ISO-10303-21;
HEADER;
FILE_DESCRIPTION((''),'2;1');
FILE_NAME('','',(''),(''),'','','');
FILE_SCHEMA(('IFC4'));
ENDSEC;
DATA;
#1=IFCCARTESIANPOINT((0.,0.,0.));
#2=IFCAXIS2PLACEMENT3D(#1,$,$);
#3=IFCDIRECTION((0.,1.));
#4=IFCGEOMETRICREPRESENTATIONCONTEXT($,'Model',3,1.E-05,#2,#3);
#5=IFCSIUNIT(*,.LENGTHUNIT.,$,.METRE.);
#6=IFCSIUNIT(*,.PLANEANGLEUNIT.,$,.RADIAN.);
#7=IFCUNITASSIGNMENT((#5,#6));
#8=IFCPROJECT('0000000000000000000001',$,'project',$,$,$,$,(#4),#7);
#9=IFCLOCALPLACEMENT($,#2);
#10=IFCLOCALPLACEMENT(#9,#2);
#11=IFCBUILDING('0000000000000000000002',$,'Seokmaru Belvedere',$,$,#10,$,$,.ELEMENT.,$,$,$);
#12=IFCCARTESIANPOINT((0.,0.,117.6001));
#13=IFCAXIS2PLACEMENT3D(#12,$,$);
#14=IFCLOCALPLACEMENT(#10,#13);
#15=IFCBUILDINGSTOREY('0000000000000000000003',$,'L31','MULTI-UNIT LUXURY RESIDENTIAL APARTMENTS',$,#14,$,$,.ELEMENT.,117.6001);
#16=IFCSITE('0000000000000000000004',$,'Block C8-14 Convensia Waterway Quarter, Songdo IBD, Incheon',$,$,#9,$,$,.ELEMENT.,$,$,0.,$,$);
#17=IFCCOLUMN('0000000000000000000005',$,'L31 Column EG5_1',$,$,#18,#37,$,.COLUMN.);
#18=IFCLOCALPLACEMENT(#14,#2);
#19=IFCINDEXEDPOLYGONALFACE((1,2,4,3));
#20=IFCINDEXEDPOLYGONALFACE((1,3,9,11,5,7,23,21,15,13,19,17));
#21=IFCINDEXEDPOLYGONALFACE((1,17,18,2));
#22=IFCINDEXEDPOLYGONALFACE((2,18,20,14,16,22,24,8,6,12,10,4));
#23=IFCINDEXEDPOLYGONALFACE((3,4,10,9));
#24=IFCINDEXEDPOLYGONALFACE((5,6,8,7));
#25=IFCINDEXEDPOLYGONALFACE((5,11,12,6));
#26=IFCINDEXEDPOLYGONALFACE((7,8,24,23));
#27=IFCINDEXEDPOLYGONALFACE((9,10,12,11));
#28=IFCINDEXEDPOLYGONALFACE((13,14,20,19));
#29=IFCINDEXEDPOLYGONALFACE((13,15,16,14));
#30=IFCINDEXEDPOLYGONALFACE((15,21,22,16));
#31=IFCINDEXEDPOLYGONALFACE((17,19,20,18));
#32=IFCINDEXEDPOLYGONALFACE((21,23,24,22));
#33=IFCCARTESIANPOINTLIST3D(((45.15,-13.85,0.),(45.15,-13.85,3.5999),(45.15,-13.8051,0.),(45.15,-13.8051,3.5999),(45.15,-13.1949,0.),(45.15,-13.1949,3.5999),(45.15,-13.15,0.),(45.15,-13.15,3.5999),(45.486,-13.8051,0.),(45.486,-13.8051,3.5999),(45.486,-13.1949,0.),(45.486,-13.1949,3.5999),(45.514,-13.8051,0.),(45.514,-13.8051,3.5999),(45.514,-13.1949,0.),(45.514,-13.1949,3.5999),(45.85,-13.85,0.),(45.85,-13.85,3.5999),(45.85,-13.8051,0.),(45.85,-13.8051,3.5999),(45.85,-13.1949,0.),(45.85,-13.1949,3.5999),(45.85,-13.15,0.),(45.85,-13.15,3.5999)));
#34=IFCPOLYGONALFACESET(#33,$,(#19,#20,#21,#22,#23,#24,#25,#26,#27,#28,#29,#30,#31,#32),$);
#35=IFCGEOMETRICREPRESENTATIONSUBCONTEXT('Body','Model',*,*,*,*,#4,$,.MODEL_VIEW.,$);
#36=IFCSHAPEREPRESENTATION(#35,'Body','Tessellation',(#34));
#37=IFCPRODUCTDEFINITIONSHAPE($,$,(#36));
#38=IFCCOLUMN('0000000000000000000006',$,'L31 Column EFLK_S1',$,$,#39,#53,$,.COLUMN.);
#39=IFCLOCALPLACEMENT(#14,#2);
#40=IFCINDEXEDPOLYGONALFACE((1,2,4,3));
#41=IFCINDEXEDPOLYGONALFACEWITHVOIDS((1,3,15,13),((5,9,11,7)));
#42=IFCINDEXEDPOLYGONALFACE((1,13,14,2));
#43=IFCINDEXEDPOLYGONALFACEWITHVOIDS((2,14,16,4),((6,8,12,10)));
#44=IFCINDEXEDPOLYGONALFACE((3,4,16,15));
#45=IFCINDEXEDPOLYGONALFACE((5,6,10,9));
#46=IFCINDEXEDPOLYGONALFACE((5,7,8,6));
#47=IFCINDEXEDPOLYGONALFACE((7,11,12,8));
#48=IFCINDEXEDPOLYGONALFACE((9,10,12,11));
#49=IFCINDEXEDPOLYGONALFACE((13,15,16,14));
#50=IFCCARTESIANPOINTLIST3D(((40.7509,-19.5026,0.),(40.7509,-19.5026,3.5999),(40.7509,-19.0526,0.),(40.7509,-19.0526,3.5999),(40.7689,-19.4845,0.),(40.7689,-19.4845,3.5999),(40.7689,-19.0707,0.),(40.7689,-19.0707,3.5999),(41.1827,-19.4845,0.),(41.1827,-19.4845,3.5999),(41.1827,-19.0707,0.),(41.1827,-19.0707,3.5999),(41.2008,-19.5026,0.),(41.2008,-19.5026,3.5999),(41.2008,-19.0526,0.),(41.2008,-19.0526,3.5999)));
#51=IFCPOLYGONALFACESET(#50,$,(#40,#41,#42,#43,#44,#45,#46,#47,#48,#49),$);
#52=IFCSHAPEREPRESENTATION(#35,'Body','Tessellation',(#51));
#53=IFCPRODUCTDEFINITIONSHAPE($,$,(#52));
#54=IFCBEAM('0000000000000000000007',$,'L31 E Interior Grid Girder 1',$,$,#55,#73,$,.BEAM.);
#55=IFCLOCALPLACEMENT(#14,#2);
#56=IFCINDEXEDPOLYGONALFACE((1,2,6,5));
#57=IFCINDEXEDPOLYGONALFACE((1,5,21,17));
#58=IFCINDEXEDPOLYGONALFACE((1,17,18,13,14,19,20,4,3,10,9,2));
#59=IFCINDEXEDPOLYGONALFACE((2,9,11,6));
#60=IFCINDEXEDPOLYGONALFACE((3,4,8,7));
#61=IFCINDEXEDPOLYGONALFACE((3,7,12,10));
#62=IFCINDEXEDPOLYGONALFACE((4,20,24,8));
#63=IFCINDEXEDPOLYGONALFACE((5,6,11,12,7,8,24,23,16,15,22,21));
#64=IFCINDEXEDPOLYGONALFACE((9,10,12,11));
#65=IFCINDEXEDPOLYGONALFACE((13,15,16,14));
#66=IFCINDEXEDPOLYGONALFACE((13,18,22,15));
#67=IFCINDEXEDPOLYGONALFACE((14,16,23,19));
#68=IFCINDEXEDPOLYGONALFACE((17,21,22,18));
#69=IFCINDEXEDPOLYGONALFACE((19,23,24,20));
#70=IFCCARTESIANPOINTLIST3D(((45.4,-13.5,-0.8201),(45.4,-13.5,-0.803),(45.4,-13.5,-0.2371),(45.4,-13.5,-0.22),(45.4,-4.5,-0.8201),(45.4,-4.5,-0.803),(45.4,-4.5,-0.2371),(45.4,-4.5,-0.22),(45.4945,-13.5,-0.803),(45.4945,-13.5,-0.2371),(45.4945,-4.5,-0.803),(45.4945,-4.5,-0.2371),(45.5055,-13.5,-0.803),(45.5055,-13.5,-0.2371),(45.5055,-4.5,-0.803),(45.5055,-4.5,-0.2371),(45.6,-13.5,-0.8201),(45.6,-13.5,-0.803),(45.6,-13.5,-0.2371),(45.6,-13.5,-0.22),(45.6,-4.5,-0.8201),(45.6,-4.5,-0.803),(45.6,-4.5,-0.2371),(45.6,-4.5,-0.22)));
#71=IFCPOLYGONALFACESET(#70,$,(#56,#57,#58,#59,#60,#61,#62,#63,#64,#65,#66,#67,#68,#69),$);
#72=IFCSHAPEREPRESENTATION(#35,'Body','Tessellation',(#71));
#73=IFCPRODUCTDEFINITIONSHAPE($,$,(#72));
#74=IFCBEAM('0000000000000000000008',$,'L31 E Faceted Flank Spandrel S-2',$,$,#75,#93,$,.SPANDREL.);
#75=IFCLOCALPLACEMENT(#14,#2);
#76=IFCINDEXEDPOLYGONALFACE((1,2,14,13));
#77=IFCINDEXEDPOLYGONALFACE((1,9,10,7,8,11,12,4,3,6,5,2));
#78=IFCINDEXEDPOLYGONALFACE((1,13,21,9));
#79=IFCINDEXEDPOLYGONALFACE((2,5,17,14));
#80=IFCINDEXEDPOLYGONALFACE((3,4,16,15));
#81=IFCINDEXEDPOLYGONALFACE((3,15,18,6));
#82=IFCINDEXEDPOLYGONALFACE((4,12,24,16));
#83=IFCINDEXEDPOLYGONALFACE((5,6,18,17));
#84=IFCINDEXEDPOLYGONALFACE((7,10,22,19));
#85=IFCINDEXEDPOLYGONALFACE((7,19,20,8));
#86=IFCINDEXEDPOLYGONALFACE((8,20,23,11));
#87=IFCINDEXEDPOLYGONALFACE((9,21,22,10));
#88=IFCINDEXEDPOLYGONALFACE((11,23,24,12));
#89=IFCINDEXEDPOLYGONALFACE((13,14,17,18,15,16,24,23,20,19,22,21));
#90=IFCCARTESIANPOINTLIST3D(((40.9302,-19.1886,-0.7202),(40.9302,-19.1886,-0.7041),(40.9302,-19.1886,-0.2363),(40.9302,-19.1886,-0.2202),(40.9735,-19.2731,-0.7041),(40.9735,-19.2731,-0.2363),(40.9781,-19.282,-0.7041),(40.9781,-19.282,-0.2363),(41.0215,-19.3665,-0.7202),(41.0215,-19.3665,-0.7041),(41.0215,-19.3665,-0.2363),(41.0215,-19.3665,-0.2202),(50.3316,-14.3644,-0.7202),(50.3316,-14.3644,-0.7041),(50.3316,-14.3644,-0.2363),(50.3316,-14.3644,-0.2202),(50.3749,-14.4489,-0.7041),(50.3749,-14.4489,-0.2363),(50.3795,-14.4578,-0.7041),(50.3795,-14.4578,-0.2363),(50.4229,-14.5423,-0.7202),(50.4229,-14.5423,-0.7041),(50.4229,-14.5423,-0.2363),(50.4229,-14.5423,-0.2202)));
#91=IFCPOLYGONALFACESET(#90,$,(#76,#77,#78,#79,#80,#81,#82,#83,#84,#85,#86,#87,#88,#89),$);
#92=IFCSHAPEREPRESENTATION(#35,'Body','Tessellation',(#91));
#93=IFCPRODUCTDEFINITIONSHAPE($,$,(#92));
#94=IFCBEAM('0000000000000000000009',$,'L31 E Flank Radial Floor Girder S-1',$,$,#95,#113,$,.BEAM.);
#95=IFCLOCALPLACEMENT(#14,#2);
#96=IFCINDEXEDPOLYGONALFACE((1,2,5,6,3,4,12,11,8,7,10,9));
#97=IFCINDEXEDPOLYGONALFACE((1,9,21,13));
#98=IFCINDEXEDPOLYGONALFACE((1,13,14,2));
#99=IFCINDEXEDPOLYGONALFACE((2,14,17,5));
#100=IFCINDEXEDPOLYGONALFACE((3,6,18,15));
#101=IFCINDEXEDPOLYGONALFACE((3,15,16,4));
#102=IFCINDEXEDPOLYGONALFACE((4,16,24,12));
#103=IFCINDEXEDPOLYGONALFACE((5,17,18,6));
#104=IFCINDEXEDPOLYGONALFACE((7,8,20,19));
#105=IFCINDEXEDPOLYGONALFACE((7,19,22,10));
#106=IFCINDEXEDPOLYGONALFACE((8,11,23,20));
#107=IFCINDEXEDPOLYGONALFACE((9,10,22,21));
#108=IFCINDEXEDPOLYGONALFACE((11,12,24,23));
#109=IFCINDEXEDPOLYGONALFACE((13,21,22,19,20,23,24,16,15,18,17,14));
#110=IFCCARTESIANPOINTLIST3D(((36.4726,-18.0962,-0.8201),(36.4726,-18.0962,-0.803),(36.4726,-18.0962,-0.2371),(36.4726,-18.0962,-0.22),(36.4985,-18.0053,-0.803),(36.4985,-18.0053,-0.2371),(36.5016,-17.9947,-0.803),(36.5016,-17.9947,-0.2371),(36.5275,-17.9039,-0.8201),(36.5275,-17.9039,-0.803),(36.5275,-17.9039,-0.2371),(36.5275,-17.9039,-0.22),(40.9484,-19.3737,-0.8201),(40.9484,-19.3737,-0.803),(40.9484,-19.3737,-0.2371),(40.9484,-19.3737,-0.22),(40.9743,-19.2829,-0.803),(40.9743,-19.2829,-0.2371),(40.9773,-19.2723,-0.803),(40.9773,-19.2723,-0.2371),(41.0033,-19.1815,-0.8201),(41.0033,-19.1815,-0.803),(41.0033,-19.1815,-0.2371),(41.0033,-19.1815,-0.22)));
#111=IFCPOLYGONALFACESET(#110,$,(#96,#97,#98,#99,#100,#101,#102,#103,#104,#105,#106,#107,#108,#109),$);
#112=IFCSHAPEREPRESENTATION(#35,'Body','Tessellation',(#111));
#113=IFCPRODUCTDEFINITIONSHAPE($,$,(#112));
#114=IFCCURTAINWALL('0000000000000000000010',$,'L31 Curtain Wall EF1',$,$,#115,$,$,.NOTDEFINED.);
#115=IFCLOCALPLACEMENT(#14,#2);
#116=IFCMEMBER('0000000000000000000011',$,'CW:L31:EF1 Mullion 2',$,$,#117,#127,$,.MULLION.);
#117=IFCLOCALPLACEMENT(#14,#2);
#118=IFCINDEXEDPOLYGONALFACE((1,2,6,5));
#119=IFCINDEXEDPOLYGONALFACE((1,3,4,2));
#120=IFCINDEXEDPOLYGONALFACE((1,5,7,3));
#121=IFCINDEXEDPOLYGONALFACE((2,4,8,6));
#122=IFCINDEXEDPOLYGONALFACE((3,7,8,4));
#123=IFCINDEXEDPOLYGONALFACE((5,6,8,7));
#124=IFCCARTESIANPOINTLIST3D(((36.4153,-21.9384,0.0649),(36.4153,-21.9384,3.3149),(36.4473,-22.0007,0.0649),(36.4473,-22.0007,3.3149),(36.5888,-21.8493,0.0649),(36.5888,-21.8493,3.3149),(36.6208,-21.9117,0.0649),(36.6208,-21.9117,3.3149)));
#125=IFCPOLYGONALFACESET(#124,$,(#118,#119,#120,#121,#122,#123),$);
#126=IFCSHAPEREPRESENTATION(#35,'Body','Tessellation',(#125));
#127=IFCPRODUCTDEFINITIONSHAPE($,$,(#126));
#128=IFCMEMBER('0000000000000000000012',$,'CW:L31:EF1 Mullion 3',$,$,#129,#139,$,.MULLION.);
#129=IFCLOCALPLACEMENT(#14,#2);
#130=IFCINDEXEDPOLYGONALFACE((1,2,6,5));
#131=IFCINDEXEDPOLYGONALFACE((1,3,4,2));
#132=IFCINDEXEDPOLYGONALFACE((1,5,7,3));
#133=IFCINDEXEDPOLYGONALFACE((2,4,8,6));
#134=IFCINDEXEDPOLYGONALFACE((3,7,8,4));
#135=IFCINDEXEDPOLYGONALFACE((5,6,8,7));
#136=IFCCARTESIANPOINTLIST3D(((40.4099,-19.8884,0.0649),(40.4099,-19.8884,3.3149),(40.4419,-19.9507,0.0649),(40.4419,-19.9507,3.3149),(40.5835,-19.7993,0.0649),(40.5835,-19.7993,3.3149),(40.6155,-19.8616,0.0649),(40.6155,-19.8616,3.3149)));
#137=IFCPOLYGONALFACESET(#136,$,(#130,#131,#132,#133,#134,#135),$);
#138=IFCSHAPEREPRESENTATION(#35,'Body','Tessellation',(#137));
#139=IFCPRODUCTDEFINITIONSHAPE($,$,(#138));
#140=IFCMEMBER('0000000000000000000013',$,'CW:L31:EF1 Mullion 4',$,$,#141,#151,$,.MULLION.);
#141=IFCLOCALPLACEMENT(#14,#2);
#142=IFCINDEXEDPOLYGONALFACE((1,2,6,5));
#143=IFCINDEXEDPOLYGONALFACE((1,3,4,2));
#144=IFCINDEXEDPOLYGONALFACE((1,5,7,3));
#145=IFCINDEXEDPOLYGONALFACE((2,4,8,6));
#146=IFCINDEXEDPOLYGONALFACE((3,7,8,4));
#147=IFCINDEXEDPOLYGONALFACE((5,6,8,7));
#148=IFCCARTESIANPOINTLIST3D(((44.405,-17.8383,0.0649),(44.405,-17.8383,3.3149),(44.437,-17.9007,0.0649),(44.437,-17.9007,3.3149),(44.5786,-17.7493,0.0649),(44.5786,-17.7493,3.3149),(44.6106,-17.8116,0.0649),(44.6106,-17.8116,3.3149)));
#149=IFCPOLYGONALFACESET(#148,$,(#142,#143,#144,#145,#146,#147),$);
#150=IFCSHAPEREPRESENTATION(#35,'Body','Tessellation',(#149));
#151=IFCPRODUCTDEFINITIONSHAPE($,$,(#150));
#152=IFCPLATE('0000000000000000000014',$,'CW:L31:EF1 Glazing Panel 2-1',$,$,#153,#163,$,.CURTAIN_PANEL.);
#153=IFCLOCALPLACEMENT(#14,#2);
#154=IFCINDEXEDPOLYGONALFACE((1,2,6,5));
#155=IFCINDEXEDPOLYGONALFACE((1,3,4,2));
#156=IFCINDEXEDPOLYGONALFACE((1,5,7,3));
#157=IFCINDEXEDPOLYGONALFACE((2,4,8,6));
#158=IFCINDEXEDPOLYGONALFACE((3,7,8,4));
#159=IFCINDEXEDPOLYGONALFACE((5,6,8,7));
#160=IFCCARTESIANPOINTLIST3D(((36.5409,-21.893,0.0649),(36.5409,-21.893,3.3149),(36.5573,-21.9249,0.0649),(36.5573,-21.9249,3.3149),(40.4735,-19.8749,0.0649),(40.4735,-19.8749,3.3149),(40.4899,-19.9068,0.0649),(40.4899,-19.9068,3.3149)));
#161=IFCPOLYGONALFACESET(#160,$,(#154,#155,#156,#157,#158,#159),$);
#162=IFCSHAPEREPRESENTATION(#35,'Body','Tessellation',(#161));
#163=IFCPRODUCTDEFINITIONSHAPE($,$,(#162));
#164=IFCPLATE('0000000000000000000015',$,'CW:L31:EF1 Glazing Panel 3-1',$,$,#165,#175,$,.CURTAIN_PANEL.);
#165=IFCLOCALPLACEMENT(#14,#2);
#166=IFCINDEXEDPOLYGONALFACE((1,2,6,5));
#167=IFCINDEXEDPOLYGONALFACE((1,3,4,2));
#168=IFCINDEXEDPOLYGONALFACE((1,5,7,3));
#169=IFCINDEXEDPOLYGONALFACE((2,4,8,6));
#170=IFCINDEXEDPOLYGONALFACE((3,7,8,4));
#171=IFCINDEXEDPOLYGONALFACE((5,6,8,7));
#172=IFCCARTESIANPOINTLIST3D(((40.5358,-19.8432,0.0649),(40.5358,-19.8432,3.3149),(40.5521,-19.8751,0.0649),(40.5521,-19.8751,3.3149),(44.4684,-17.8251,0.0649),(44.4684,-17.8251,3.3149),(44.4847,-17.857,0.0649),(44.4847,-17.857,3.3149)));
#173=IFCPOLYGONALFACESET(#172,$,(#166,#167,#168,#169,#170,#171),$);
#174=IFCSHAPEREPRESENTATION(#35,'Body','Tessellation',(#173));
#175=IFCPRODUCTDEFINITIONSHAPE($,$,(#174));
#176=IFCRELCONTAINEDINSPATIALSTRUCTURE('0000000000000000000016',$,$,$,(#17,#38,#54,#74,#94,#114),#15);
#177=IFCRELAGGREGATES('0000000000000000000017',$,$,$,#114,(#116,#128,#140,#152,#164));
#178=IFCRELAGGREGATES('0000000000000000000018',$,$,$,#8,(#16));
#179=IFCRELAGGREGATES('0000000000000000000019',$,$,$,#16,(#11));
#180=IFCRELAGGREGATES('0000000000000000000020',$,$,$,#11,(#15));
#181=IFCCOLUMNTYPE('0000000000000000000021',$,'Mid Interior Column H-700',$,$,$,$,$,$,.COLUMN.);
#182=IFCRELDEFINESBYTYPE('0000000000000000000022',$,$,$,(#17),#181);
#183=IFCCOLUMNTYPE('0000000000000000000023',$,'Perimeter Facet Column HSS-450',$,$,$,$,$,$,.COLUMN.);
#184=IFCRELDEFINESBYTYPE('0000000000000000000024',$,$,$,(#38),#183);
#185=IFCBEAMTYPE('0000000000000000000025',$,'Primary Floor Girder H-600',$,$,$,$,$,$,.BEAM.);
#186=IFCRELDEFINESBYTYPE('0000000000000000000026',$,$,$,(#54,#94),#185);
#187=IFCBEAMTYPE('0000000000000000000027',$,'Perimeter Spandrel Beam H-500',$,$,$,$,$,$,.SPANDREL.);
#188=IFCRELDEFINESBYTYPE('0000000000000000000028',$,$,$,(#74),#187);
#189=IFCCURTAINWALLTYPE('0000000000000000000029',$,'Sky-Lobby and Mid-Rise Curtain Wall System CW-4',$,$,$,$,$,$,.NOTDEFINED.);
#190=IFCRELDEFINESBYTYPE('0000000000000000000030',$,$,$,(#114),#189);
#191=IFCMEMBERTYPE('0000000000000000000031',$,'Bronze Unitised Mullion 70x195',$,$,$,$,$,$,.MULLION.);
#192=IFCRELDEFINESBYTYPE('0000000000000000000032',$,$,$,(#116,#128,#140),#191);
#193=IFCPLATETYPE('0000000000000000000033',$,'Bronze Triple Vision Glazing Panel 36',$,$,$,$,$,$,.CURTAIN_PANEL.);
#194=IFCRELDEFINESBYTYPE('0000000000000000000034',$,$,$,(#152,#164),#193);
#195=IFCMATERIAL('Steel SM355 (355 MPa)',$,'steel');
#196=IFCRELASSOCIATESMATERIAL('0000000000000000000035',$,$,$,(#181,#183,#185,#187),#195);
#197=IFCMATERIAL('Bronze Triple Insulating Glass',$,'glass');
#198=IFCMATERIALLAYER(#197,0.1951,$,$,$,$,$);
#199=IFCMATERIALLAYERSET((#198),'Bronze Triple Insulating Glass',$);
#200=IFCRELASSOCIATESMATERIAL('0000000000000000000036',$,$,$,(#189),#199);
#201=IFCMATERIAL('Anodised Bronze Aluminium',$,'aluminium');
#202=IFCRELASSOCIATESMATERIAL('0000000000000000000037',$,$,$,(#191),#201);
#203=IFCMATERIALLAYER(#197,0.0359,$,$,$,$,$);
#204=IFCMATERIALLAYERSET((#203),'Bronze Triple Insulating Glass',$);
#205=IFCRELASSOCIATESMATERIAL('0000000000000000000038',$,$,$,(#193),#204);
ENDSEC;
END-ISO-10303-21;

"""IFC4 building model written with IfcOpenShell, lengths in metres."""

from ifc_helpers import new_model, si_unit, direction, frame, origin, origin_2d, place, context, subcontext, project, spatial, rectangle, hollow_rectangle, i_section, extrude, source, transform, mapped, material, layer, layer_set, material_profile, profile_set, type_object, type_shapes, element, aggregate, save


model = new_model("IFC4")

# Units and contexts
model_context = context("Model", 3, precision=1e-05, world=origin(), true_north=direction((0.0, 1.0)))
body_context = subcontext(model_context, "Body", "Model", "MODEL_VIEW")
ifc_project = project(units=[si_unit("LENGTHUNIT", "METRE"), si_unit("PLANEANGLEUNIT", "RADIAN")], contexts=[model_context])

# Site, building, storey
site_placement = place(None, origin())
site = spatial("IfcSite", under=ifc_project, at=site_placement, Name="Block C8-14 Convensia Waterway Quarter, Songdo IBD, Incheon", CompositionType="ELEMENT", RefElevation=0.0)
building_placement = place(site_placement, origin())
building = spatial("IfcBuilding", under=site, at=building_placement, Name="Seokmaru Belvedere", CompositionType="ELEMENT")
storey_placement = place(building_placement, frame((0.0, 0.0, 117.6001)))
storey = spatial("IfcBuildingStorey", under=building, at=storey_placement, Name="L31", Description="MULTI-UNIT LUXURY RESIDENTIAL APARTMENTS", CompositionType="ELEMENT", Elevation=117.6001)

# Columns
ifc_material_1 = material(Name="Steel SM355 (355 MPa)", Category="steel")
ifc_material_profile_1 = material_profile(ifc_material_1, i_section(OverallWidth=0.7, OverallDepth=0.7, WebThickness=0.0281, FlangeThickness=0.0449, at=origin_2d()), Name="H-700x700x28x45")
ifc_profile_set_1 = profile_set([ifc_material_profile_1], Name="Steel SM355 (355 MPa)")
column_type_1 = type_object("IfcColumnType", Name="Mid Interior Column H-700", PredefinedType="COLUMN", material=ifc_profile_set_1)
shared_shape_1 = source(origin(), body_context, "Body", "SweptSolid", [
    extrude(i_section(OverallWidth=0.7, OverallDepth=0.7, WebThickness=0.0281, FlangeThickness=0.0449, at=origin_2d()), origin(), (0.0, 0.0, 1.0), 3.5999),
])
type_shapes(column_type_1, [shared_shape_1])
column_1_placement = place(storey_placement, frame((45.5, -13.5, 0.0), z_axis=(0.0, 0.0, 1.0), x_axis=(1.0, 0.0, 0.0)))
element("IfcColumn", 1, at=column_1_placement, inside=storey, type_object=column_type_1, Name="L31 Column EG5_1", PredefinedType="COLUMN", context=body_context, shape_type="MappedRepresentation", body=[
    mapped(shared_shape_1, transform((0.0, 0.0, 0.0), scale=1.0)),
])
ifc_material_profile_2 = material_profile(ifc_material_1, hollow_rectangle(XDim=0.45, YDim=0.45, WallThickness=0.0181, at=origin_2d()), Name="HSS-450x450x18")
ifc_profile_set_2 = profile_set([ifc_material_profile_2], Name="Steel SM355 (355 MPa)")
column_type_2 = type_object("IfcColumnType", Name="Perimeter Facet Column HSS-450", PredefinedType="COLUMN", material=ifc_profile_set_2)
shared_shape_2 = source(origin(), body_context, "Body", "SweptSolid", [
    extrude(hollow_rectangle(XDim=0.45, YDim=0.45, WallThickness=0.0181, at=origin_2d()), origin(), (0.0, 0.0, 1.0), 3.5999),
])
type_shapes(column_type_2, [shared_shape_2])
column_2_placement = place(storey_placement, frame((40.9758, -19.2776, 0.0), z_axis=(0.0, 0.0, 1.0), x_axis=(1.0, 0.0, 0.0)))
element("IfcColumn", 2, at=column_2_placement, inside=storey, type_object=column_type_2, Name="L31 Column EFLK_S1", PredefinedType="COLUMN", context=body_context, shape_type="MappedRepresentation", body=[
    mapped(shared_shape_2, transform((0.0, 0.0, 0.0), scale=1.0)),
])

# Beams
ifc_material_profile_3 = material_profile(ifc_material_1, i_section(OverallWidth=0.2, OverallDepth=0.6001, WebThickness=0.011, FlangeThickness=0.0171, at=origin_2d()), Name="H-600x200x11x17")
ifc_profile_set_3 = profile_set([ifc_material_profile_3], Name="Steel SM355 (355 MPa)")
beam_type_1 = type_object("IfcBeamType", Name="Primary Floor Girder H-600", PredefinedType="BEAM", material=ifc_profile_set_3)
shared_shape_3 = source(origin(), body_context, "Body", "SweptSolid", [
    extrude(i_section(OverallWidth=0.2, OverallDepth=0.6001, WebThickness=0.011, FlangeThickness=0.0171, at=origin_2d()), origin(), (0.0, 0.0, 1.0), 9.0),
])
beam_1_placement = place(storey_placement, frame((45.5, -13.5, -0.52), z_axis=(0.0, 1.0, 0.0), x_axis=(-1.0, 0.0, 0.0)))
element("IfcBeam", 3, at=beam_1_placement, inside=storey, type_object=beam_type_1, Name="L31 E Interior Grid Girder 1", PredefinedType="BEAM", context=body_context, shape_type="MappedRepresentation", body=[
    mapped(shared_shape_3, transform((0.0, 0.0, 0.0), scale=1.0)),
])
ifc_material_profile_4 = material_profile(ifc_material_1, i_section(OverallWidth=0.2, OverallDepth=0.5, WebThickness=0.01, FlangeThickness=0.0161, at=origin_2d()), Name="H-500x200x10x16")
ifc_profile_set_4 = profile_set([ifc_material_profile_4], Name="Steel SM355 (355 MPa)")
beam_type_2 = type_object("IfcBeamType", Name="Perimeter Spandrel Beam H-500", PredefinedType="SPANDREL", material=ifc_profile_set_4)
shared_shape_4 = source(origin(), body_context, "Body", "SweptSolid", [
    extrude(i_section(OverallWidth=0.2, OverallDepth=0.5, WebThickness=0.01, FlangeThickness=0.0161, at=origin_2d()), origin(), (0.0, 0.0, 1.0), 10.5669),
])
type_shapes(beam_type_2, [shared_shape_4])
beam_2_placement = place(storey_placement, frame((40.9758, -19.2776, -0.4702), z_axis=(0.889702, 0.456542, 0.0), x_axis=(-0.456542, 0.889702, 0.0)))
element("IfcBeam", 4, at=beam_2_placement, inside=storey, type_object=beam_type_2, Name="L31 E Faceted Flank Spandrel S-2", PredefinedType="SPANDREL", context=body_context, shape_type="MappedRepresentation", body=[
    mapped(shared_shape_4, transform((0.0, 0.0, 0.0), scale=1.0)),
])
shared_shape_5 = source(origin(), body_context, "Body", "SweptSolid", [
    extrude(i_section(OverallWidth=0.2, OverallDepth=0.6001, WebThickness=0.011, FlangeThickness=0.0171, at=origin_2d()), origin(), (0.0, 0.0, 1.0), 4.6545),
])
type_shapes(beam_type_1, [shared_shape_3, shared_shape_5])
beam_3_placement = place(storey_placement, frame((40.9758, -19.2776, -0.52), z_axis=(-0.961593, 0.274479, 0.0), x_axis=(-0.274479, -0.961593, 0.0)))
element("IfcBeam", 5, at=beam_3_placement, inside=storey, type_object=beam_type_1, Name="L31 E Flank Radial Floor Girder S-1", PredefinedType="BEAM", context=body_context, shape_type="MappedRepresentation", body=[
    mapped(shared_shape_5, transform((0.0, 0.0, 0.0), scale=1.0)),
])

# Curtain wall, members, plates
ifc_material_2 = material(Name="Bronze Triple Insulating Glass", Category="glass")
ifc_layer_1 = layer(ifc_material_2, 0.1951)
ifc_layer_set_1 = layer_set([ifc_layer_1], Name="Bronze Triple Insulating Glass")
curtain_wall_type = type_object("IfcCurtainWallType", Name="Sky-Lobby and Mid-Rise Curtain Wall System CW-4", PredefinedType="NOTDEFINED", material=ifc_layer_set_1)
curtain_wall_placement = place(storey_placement, origin())
curtain_wall = element("IfcCurtainWall", 6, at=curtain_wall_placement, inside=storey, type_object=curtain_wall_type, Name="L31 Curtain Wall EF1", PredefinedType="NOTDEFINED")
ifc_material_3 = material(Name="Anodised Bronze Aluminium", Category="aluminium")
ifc_material_profile_5 = material_profile(ifc_material_3, rectangle(XDim=0.0701, YDim=0.1951, at=origin_2d()), Name="CW-M-70x195")
ifc_profile_set_5 = profile_set([ifc_material_profile_5], Name="Anodised Bronze Aluminium")
member_type = type_object("IfcMemberType", Name="Bronze Unitised Mullion 70x195", PredefinedType="MULLION", material=ifc_profile_set_5)
shared_shape_6 = source(origin(), body_context, "Body", "SweptSolid", [
    extrude(rectangle(XDim=0.0701, YDim=0.1951, at=origin_2d()), origin(), (0.0, 0.0, 1.0), 3.25),
])
type_shapes(member_type, [shared_shape_6])
member_1_placement = place(storey_placement, frame((36.5181, -21.925, 0.0649), z_axis=(0.0, 0.0, 1.0), x_axis=(-0.456555, 0.889695, 0.0)))
member_1 = element("IfcMember", 7, at=member_1_placement, type_object=member_type, Name="CW:L31:EF1 Mullion 2", PredefinedType="MULLION", context=body_context, shape_type="MappedRepresentation", body=[
    mapped(shared_shape_6, transform((0.0, 0.0, 0.0), scale=1.0)),
])
member_2_placement = place(storey_placement, frame((40.5127, -19.875, 0.0649), z_axis=(0.0, 0.0, 1.0), x_axis=(-0.456555, 0.889695, 0.0)))
member_2 = element("IfcMember", 8, at=member_2_placement, type_object=member_type, Name="CW:L31:EF1 Mullion 3", PredefinedType="MULLION", context=body_context, shape_type="MappedRepresentation", body=[
    mapped(shared_shape_6, transform((0.0, 0.0, 0.0), scale=1.0)),
])
member_3_placement = place(storey_placement, frame((44.5078, -17.825, 0.0649), z_axis=(0.0, 0.0, 1.0), x_axis=(-0.456555, 0.889695, 0.0)))
member_3 = element("IfcMember", 9, at=member_3_placement, type_object=member_type, Name="CW:L31:EF1 Mullion 4", PredefinedType="MULLION", context=body_context, shape_type="MappedRepresentation", body=[
    mapped(shared_shape_6, transform((0.0, 0.0, 0.0), scale=1.0)),
])
ifc_layer_2 = layer(ifc_material_2, 0.0359)
ifc_layer_set_2 = layer_set([ifc_layer_2], Name="Bronze Triple Insulating Glass")
plate_type = type_object("IfcPlateType", Name="Bronze Triple Vision Glazing Panel 36", PredefinedType="CURTAIN_PANEL", material=ifc_layer_set_2)
shared_shape_7 = source(origin(), body_context, "Body", "SweptSolid", [
    extrude(rectangle(XDim=4.4202, YDim=0.0359, at=origin_2d()), origin(), (0.0, 0.0, 1.0), 3.25),
])
type_shapes(plate_type, [shared_shape_7])
plate_1_placement = place(storey_placement, frame((38.5154, -20.8999, 0.0649), z_axis=(0.0, 0.0, 1.0), x_axis=(0.889695, 0.456555, 0.0)))
plate_1 = element("IfcPlate", 10, at=plate_1_placement, type_object=plate_type, Name="CW:L31:EF1 Glazing Panel 2-1", PredefinedType="CURTAIN_PANEL", context=body_context, shape_type="MappedRepresentation", body=[
    mapped(shared_shape_7, transform((0.0, 0.0, 0.0), scale=1.0)),
])
plate_2_placement = place(storey_placement, frame((42.5103, -18.8501, 0.0649), z_axis=(0.0, 0.0, 1.0), x_axis=(0.889695, 0.456555, 0.0)))
plate_2 = element("IfcPlate", 11, at=plate_2_placement, type_object=plate_type, Name="CW:L31:EF1 Glazing Panel 3-1", PredefinedType="CURTAIN_PANEL", context=body_context, shape_type="MappedRepresentation", body=[
    mapped(shared_shape_7, transform((0.0, 0.0, 0.0), scale=1.0)),
])
aggregate(curtain_wall, [member_1, member_2, member_3, plate_1, plate_2])

save(model, "model.ifc")
